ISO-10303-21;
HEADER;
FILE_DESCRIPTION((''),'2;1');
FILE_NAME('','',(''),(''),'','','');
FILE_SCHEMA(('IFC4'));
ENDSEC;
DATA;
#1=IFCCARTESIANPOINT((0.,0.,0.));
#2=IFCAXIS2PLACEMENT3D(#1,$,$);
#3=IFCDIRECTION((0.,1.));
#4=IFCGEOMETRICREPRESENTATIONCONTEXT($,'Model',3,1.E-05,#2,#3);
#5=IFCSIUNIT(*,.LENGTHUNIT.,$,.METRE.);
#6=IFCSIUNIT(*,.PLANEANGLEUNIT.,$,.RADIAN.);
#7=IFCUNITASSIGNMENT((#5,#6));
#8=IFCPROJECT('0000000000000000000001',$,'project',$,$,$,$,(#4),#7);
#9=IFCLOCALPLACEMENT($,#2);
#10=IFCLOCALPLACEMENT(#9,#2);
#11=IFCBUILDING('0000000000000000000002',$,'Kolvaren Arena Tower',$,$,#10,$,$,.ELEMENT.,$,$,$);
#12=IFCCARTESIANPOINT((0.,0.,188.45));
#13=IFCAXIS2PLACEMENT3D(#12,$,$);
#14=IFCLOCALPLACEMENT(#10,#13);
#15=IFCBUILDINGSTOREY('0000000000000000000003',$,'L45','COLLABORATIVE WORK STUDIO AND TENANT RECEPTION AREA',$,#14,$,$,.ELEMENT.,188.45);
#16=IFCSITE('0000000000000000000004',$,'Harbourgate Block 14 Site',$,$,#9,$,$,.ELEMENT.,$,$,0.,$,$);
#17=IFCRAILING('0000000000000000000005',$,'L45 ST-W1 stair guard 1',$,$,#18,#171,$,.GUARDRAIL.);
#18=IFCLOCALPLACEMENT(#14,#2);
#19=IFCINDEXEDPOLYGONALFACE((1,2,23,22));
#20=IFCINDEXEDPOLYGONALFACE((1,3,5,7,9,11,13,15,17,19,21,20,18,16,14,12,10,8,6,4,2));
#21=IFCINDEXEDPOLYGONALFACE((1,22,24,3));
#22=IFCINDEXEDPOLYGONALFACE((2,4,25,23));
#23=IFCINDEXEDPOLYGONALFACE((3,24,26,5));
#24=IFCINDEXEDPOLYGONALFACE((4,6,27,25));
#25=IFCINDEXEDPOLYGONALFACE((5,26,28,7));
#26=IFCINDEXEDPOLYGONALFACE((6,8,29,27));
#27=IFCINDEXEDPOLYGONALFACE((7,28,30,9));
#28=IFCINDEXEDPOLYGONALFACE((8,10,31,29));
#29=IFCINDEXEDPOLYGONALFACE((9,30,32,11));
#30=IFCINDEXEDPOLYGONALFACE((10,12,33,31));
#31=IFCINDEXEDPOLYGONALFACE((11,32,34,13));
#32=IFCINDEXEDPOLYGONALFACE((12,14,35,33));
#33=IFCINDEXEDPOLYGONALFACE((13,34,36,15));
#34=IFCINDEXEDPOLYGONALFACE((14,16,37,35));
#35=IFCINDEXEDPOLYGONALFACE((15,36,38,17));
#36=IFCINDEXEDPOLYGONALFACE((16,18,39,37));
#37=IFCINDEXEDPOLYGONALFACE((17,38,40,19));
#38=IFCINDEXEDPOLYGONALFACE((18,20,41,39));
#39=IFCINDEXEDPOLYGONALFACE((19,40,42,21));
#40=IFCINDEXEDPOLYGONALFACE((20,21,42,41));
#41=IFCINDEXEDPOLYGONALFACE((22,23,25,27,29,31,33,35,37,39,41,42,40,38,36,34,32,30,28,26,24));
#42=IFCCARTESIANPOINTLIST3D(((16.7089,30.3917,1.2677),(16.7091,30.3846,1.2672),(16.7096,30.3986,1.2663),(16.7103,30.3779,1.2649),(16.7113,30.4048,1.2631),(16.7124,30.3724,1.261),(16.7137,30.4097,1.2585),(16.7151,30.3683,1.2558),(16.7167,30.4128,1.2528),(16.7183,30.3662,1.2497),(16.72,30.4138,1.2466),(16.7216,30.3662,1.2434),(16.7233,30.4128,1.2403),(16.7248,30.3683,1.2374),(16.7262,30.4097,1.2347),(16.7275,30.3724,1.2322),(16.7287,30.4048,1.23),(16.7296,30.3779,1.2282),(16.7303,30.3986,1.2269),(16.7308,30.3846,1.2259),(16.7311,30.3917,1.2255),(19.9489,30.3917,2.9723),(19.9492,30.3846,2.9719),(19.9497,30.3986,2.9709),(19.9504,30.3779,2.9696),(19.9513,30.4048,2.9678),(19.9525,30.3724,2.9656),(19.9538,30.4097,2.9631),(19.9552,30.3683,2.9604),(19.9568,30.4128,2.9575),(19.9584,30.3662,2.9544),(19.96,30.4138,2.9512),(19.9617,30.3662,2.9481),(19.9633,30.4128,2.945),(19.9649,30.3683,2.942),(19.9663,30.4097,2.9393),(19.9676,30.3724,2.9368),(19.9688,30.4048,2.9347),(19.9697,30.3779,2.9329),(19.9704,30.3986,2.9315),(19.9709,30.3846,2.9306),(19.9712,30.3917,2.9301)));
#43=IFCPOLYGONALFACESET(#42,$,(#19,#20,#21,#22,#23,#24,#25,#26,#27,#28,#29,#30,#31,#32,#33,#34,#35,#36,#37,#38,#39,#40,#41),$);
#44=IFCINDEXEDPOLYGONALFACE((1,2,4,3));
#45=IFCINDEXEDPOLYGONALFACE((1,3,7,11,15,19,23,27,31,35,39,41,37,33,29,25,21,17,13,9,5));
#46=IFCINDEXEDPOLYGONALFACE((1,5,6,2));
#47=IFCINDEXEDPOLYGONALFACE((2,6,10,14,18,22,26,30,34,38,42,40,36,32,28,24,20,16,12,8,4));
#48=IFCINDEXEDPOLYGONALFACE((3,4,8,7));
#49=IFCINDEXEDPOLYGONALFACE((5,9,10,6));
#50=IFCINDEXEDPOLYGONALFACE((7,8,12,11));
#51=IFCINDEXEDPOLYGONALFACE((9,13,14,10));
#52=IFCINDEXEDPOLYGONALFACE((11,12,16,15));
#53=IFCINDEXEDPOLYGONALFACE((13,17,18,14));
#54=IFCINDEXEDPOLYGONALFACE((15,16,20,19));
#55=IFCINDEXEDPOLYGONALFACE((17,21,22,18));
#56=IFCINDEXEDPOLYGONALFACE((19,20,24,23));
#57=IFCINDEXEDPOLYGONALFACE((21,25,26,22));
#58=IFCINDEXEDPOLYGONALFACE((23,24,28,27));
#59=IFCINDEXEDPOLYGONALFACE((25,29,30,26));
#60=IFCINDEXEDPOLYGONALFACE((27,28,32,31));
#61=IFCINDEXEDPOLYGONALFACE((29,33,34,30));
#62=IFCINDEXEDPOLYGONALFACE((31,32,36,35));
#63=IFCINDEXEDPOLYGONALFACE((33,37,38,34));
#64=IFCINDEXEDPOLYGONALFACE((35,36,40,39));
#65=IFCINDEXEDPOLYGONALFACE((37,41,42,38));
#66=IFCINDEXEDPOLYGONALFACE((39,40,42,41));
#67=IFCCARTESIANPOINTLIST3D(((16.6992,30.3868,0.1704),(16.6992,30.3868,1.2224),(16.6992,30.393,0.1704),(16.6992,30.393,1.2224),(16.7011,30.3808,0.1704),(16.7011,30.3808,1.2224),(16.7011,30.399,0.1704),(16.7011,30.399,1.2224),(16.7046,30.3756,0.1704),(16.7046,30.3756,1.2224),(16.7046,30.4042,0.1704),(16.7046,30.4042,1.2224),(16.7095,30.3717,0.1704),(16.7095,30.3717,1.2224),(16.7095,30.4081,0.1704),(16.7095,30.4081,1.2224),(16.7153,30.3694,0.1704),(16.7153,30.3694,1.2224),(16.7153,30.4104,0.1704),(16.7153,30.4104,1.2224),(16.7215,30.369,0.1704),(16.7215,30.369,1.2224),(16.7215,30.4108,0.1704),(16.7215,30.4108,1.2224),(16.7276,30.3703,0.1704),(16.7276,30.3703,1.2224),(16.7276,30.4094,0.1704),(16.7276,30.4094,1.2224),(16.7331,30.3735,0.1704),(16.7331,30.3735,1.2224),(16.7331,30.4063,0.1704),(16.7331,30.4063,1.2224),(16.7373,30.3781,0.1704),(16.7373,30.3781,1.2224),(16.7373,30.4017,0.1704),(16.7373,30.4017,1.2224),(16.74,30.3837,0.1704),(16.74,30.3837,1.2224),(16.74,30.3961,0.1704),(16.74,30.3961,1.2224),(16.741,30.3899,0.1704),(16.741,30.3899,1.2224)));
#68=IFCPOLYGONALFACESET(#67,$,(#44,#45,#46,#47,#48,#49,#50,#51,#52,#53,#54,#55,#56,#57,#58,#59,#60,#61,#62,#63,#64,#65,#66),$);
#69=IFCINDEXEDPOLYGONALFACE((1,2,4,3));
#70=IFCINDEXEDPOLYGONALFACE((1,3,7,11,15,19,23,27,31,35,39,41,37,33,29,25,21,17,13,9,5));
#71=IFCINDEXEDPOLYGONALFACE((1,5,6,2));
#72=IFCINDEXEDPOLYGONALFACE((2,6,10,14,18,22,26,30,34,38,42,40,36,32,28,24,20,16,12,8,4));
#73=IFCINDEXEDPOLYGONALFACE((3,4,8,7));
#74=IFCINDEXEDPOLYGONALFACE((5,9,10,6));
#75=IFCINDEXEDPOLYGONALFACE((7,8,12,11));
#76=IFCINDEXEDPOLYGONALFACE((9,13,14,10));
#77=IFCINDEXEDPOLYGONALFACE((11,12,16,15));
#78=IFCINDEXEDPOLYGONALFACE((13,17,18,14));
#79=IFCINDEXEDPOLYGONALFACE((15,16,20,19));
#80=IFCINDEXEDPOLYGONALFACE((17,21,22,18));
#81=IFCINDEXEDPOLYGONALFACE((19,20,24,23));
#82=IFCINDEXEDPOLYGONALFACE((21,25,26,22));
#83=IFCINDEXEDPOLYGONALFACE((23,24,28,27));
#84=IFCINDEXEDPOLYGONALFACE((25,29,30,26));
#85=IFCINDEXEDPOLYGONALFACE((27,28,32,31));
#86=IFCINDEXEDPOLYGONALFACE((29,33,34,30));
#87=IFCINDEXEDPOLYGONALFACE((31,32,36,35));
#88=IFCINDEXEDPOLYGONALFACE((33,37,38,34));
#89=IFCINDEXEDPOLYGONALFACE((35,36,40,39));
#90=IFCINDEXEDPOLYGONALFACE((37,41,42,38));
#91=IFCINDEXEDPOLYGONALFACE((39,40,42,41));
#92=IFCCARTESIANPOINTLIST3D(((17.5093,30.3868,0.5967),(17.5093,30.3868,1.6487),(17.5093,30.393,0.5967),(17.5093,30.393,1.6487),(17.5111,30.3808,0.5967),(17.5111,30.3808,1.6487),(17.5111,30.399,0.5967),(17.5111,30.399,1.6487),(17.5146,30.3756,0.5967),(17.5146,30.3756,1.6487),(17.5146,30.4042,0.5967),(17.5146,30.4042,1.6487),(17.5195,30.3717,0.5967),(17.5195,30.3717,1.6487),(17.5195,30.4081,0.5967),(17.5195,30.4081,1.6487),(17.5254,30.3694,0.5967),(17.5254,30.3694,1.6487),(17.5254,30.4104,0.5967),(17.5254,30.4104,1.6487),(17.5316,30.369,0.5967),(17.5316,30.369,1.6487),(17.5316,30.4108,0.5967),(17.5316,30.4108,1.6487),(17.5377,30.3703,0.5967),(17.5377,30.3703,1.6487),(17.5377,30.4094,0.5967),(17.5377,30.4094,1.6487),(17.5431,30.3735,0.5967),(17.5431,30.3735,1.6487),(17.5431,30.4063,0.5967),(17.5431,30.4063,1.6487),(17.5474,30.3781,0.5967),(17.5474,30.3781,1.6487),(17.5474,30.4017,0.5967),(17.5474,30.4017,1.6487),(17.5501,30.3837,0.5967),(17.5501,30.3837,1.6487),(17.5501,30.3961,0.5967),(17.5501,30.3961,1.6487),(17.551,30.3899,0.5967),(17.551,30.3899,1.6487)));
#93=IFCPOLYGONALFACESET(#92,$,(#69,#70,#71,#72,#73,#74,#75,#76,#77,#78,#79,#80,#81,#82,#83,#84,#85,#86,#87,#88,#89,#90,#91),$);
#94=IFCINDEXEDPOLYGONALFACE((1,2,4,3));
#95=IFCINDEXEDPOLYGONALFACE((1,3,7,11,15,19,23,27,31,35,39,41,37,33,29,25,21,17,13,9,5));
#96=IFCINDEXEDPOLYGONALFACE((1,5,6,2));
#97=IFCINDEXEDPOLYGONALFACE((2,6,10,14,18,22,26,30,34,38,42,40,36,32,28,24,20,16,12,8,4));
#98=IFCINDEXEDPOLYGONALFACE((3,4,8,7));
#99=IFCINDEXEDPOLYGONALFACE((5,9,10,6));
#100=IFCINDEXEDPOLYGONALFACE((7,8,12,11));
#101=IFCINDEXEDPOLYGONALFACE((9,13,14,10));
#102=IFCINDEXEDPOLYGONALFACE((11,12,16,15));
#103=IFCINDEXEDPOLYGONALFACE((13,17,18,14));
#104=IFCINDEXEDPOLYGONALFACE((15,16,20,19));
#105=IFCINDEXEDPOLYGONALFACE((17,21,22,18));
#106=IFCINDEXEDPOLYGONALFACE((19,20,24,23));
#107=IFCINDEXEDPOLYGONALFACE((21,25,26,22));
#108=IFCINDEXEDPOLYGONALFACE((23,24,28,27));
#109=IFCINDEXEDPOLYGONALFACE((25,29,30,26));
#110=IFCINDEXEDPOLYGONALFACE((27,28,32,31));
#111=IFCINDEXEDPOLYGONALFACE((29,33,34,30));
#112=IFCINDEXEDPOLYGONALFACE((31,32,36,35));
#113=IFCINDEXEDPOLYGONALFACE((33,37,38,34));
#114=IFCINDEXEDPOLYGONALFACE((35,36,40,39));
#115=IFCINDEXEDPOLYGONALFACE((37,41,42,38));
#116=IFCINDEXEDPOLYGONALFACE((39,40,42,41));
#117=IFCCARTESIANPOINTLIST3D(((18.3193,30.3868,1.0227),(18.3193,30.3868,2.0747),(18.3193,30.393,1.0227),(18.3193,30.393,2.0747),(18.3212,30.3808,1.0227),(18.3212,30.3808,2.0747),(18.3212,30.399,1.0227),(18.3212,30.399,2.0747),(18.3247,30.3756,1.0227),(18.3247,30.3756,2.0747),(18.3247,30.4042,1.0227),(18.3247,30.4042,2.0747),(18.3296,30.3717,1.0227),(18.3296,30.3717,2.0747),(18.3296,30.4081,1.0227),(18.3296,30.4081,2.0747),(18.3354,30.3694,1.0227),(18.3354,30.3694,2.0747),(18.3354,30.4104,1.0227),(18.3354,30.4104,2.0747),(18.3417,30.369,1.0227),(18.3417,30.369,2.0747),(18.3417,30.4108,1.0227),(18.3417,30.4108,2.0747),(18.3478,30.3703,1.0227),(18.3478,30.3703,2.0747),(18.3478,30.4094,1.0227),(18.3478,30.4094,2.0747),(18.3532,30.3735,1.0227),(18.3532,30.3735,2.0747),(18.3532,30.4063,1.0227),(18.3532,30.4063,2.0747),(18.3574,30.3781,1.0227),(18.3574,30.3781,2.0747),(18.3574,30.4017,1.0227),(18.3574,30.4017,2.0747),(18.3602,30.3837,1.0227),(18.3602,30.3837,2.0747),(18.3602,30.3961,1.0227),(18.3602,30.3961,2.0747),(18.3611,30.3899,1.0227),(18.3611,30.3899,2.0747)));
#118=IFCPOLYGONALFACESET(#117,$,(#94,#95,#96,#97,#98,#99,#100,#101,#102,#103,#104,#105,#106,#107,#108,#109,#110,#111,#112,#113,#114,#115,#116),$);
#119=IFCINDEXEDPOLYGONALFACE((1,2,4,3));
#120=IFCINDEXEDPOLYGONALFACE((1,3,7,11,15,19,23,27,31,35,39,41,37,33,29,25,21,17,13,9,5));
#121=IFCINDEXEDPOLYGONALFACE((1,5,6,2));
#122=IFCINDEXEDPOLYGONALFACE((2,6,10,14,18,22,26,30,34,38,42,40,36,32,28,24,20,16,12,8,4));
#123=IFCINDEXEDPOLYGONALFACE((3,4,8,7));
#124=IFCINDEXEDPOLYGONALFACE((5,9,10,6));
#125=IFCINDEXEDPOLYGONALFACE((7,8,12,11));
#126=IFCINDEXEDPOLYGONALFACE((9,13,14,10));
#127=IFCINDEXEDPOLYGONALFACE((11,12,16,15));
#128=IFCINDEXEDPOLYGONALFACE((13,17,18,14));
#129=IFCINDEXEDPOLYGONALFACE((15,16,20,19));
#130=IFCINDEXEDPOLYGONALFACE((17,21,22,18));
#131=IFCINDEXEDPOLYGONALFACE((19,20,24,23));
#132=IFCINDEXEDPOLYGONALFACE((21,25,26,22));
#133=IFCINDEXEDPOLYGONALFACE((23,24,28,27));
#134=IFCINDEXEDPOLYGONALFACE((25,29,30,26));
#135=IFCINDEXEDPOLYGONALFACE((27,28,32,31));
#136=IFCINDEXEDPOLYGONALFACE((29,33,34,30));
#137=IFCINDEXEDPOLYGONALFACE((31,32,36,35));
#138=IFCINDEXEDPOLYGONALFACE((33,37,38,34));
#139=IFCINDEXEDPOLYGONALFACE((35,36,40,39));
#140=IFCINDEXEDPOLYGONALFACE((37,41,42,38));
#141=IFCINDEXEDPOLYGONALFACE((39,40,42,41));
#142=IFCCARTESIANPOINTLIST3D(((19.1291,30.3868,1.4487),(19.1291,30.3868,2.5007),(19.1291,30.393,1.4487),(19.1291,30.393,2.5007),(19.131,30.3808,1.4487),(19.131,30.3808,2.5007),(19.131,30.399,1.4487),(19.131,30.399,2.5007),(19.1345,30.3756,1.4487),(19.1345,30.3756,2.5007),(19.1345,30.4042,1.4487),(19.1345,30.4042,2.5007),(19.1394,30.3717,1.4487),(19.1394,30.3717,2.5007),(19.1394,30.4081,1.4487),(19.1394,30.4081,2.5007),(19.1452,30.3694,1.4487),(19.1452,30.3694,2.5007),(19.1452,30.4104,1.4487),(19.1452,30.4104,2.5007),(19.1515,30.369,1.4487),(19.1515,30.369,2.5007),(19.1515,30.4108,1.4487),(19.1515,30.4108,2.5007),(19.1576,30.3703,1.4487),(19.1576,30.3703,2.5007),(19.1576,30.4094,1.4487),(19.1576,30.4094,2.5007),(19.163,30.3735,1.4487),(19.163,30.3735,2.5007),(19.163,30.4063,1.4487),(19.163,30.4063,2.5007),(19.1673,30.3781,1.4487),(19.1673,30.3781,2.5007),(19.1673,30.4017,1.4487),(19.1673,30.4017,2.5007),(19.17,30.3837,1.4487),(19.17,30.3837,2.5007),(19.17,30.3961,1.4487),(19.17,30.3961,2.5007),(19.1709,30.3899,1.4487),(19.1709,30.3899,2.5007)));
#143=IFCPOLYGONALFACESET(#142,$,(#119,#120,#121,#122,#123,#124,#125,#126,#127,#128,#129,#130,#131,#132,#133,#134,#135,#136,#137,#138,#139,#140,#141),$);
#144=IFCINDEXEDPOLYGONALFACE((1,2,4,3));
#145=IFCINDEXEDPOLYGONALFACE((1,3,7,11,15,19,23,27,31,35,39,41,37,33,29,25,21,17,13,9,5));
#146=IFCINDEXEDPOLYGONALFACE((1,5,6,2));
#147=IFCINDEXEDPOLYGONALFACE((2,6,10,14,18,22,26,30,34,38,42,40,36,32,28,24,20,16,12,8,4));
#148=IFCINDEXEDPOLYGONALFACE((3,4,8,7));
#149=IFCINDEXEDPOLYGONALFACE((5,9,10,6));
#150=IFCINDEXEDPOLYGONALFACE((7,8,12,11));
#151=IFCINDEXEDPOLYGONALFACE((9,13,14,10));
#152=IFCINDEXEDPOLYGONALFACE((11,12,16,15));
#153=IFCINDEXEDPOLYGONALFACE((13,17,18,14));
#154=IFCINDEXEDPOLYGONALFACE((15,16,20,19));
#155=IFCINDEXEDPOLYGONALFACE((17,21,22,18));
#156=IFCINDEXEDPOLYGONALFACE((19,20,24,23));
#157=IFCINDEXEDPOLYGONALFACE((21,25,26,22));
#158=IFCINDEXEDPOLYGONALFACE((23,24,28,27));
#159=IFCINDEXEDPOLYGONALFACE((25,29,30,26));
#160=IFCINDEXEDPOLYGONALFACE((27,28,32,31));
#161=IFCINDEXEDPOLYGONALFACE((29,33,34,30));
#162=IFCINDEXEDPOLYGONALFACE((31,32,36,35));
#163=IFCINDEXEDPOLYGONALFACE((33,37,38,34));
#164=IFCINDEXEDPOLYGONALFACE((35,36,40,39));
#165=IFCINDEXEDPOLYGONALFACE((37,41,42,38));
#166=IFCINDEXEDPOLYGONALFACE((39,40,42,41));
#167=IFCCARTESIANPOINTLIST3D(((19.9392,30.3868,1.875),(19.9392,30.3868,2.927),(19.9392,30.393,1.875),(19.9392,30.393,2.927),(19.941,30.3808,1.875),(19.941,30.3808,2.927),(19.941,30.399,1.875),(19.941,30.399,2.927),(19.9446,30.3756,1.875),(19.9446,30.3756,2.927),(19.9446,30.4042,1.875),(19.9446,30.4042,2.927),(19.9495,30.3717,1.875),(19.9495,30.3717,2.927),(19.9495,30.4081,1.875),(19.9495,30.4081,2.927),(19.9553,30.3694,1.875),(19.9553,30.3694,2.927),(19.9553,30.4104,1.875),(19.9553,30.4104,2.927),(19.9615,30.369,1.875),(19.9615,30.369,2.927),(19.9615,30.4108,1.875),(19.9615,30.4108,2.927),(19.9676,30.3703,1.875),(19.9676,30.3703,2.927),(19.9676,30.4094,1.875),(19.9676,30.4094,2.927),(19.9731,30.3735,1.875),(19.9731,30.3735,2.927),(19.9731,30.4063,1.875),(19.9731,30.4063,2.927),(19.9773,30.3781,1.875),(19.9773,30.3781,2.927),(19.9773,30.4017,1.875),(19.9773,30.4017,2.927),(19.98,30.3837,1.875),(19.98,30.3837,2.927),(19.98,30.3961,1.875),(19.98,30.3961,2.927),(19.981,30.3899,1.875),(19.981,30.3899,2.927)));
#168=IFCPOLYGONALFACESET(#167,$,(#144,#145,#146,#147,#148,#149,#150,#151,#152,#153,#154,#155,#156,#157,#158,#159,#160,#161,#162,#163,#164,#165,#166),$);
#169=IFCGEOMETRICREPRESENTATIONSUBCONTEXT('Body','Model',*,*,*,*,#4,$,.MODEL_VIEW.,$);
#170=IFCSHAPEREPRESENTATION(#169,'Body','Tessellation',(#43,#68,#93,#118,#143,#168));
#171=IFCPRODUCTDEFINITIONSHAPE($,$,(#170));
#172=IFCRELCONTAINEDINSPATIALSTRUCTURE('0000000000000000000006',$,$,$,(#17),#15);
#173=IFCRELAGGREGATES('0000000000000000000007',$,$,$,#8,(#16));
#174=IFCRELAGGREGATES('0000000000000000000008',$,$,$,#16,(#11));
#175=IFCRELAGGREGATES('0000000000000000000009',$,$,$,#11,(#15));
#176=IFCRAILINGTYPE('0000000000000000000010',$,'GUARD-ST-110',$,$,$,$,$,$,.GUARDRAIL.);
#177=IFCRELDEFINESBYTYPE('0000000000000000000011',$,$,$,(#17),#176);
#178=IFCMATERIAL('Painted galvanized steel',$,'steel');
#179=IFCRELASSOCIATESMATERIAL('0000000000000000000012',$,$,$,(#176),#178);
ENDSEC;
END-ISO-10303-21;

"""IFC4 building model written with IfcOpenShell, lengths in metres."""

from ifc_helpers import new_model, si_unit, direction, frame, origin, origin_2d, place, context, subcontext, project, spatial, circle, extrude, material, type_object, element, save


model = new_model("IFC4")

# Units and contexts
model_context = context("Model", 3, precision=1e-05, world=origin(), true_north=direction((0.0, 1.0)))
body_context = subcontext(model_context, "Body", "Model", "MODEL_VIEW")
ifc_project = project(units=[si_unit("LENGTHUNIT", "METRE"), si_unit("PLANEANGLEUNIT", "RADIAN")], contexts=[model_context])

# Site, building, storey
site_placement = place(None, origin())
site = spatial("IfcSite", under=ifc_project, at=site_placement, Name="Harbourgate Block 14 Site", CompositionType="ELEMENT", RefElevation=0.0)
building_placement = place(site_placement, origin())
building = spatial("IfcBuilding", under=site, at=building_placement, Name="Kolvaren Arena Tower", CompositionType="ELEMENT")
storey_placement = place(building_placement, frame((0.0, 0.0, 188.45)))
storey = spatial("IfcBuildingStorey", under=building, at=storey_placement, Name="L45", Description="COLLABORATIVE WORK STUDIO AND TENANT RECEPTION AREA", CompositionType="ELEMENT", Elevation=188.45)

# Railing
ifc_material_1 = material(Name="Painted galvanized steel", Category="steel")
railing_type_1 = type_object("IfcRailingType", Name="GUARD-ST-110", PredefinedType="GUARDRAIL", material=ifc_material_1)
railing_1_placement = place(storey_placement, frame((16.72, 30.3899, 0.1704)))
element("IfcRailing", 1, at=railing_1_placement, inside=storey, type_object=railing_type_1, Name="L45 ST-W1 stair guard 1", PredefinedType="GUARDRAIL", context=body_context, shape_type="SweptSolid", body=[
    extrude(circle(Radius=0.0239, at=origin_2d()), frame((0.0, 0.0, 1.0762), z_axis=(0.884993, 0.0, 0.465604), x_axis=(0.0, 1.0, 0.0)), (0.0, 0.0, 1.0), 3.6611),
    extrude(circle(Radius=0.021, at=origin_2d()), origin(), (0.0, 0.0, 1.0), 1.052),
    extrude(circle(Radius=0.021, at=origin_2d()), frame((0.8101, 0.0, 0.4263)), (0.0, 0.0, 1.0), 1.052),
    extrude(circle(Radius=0.021, at=origin_2d()), frame((1.6201, 0.0, 0.8523)), (0.0, 0.0, 1.0), 1.052),
    extrude(circle(Radius=0.021, at=origin_2d()), frame((2.4299, 0.0, 1.2783)), (0.0, 0.0, 1.0), 1.052),
    extrude(circle(Radius=0.021, at=origin_2d()), frame((3.24, 0.0, 1.7046)), (0.0, 0.0, 1.0), 1.052),
])

save(model, "model.ifc")
